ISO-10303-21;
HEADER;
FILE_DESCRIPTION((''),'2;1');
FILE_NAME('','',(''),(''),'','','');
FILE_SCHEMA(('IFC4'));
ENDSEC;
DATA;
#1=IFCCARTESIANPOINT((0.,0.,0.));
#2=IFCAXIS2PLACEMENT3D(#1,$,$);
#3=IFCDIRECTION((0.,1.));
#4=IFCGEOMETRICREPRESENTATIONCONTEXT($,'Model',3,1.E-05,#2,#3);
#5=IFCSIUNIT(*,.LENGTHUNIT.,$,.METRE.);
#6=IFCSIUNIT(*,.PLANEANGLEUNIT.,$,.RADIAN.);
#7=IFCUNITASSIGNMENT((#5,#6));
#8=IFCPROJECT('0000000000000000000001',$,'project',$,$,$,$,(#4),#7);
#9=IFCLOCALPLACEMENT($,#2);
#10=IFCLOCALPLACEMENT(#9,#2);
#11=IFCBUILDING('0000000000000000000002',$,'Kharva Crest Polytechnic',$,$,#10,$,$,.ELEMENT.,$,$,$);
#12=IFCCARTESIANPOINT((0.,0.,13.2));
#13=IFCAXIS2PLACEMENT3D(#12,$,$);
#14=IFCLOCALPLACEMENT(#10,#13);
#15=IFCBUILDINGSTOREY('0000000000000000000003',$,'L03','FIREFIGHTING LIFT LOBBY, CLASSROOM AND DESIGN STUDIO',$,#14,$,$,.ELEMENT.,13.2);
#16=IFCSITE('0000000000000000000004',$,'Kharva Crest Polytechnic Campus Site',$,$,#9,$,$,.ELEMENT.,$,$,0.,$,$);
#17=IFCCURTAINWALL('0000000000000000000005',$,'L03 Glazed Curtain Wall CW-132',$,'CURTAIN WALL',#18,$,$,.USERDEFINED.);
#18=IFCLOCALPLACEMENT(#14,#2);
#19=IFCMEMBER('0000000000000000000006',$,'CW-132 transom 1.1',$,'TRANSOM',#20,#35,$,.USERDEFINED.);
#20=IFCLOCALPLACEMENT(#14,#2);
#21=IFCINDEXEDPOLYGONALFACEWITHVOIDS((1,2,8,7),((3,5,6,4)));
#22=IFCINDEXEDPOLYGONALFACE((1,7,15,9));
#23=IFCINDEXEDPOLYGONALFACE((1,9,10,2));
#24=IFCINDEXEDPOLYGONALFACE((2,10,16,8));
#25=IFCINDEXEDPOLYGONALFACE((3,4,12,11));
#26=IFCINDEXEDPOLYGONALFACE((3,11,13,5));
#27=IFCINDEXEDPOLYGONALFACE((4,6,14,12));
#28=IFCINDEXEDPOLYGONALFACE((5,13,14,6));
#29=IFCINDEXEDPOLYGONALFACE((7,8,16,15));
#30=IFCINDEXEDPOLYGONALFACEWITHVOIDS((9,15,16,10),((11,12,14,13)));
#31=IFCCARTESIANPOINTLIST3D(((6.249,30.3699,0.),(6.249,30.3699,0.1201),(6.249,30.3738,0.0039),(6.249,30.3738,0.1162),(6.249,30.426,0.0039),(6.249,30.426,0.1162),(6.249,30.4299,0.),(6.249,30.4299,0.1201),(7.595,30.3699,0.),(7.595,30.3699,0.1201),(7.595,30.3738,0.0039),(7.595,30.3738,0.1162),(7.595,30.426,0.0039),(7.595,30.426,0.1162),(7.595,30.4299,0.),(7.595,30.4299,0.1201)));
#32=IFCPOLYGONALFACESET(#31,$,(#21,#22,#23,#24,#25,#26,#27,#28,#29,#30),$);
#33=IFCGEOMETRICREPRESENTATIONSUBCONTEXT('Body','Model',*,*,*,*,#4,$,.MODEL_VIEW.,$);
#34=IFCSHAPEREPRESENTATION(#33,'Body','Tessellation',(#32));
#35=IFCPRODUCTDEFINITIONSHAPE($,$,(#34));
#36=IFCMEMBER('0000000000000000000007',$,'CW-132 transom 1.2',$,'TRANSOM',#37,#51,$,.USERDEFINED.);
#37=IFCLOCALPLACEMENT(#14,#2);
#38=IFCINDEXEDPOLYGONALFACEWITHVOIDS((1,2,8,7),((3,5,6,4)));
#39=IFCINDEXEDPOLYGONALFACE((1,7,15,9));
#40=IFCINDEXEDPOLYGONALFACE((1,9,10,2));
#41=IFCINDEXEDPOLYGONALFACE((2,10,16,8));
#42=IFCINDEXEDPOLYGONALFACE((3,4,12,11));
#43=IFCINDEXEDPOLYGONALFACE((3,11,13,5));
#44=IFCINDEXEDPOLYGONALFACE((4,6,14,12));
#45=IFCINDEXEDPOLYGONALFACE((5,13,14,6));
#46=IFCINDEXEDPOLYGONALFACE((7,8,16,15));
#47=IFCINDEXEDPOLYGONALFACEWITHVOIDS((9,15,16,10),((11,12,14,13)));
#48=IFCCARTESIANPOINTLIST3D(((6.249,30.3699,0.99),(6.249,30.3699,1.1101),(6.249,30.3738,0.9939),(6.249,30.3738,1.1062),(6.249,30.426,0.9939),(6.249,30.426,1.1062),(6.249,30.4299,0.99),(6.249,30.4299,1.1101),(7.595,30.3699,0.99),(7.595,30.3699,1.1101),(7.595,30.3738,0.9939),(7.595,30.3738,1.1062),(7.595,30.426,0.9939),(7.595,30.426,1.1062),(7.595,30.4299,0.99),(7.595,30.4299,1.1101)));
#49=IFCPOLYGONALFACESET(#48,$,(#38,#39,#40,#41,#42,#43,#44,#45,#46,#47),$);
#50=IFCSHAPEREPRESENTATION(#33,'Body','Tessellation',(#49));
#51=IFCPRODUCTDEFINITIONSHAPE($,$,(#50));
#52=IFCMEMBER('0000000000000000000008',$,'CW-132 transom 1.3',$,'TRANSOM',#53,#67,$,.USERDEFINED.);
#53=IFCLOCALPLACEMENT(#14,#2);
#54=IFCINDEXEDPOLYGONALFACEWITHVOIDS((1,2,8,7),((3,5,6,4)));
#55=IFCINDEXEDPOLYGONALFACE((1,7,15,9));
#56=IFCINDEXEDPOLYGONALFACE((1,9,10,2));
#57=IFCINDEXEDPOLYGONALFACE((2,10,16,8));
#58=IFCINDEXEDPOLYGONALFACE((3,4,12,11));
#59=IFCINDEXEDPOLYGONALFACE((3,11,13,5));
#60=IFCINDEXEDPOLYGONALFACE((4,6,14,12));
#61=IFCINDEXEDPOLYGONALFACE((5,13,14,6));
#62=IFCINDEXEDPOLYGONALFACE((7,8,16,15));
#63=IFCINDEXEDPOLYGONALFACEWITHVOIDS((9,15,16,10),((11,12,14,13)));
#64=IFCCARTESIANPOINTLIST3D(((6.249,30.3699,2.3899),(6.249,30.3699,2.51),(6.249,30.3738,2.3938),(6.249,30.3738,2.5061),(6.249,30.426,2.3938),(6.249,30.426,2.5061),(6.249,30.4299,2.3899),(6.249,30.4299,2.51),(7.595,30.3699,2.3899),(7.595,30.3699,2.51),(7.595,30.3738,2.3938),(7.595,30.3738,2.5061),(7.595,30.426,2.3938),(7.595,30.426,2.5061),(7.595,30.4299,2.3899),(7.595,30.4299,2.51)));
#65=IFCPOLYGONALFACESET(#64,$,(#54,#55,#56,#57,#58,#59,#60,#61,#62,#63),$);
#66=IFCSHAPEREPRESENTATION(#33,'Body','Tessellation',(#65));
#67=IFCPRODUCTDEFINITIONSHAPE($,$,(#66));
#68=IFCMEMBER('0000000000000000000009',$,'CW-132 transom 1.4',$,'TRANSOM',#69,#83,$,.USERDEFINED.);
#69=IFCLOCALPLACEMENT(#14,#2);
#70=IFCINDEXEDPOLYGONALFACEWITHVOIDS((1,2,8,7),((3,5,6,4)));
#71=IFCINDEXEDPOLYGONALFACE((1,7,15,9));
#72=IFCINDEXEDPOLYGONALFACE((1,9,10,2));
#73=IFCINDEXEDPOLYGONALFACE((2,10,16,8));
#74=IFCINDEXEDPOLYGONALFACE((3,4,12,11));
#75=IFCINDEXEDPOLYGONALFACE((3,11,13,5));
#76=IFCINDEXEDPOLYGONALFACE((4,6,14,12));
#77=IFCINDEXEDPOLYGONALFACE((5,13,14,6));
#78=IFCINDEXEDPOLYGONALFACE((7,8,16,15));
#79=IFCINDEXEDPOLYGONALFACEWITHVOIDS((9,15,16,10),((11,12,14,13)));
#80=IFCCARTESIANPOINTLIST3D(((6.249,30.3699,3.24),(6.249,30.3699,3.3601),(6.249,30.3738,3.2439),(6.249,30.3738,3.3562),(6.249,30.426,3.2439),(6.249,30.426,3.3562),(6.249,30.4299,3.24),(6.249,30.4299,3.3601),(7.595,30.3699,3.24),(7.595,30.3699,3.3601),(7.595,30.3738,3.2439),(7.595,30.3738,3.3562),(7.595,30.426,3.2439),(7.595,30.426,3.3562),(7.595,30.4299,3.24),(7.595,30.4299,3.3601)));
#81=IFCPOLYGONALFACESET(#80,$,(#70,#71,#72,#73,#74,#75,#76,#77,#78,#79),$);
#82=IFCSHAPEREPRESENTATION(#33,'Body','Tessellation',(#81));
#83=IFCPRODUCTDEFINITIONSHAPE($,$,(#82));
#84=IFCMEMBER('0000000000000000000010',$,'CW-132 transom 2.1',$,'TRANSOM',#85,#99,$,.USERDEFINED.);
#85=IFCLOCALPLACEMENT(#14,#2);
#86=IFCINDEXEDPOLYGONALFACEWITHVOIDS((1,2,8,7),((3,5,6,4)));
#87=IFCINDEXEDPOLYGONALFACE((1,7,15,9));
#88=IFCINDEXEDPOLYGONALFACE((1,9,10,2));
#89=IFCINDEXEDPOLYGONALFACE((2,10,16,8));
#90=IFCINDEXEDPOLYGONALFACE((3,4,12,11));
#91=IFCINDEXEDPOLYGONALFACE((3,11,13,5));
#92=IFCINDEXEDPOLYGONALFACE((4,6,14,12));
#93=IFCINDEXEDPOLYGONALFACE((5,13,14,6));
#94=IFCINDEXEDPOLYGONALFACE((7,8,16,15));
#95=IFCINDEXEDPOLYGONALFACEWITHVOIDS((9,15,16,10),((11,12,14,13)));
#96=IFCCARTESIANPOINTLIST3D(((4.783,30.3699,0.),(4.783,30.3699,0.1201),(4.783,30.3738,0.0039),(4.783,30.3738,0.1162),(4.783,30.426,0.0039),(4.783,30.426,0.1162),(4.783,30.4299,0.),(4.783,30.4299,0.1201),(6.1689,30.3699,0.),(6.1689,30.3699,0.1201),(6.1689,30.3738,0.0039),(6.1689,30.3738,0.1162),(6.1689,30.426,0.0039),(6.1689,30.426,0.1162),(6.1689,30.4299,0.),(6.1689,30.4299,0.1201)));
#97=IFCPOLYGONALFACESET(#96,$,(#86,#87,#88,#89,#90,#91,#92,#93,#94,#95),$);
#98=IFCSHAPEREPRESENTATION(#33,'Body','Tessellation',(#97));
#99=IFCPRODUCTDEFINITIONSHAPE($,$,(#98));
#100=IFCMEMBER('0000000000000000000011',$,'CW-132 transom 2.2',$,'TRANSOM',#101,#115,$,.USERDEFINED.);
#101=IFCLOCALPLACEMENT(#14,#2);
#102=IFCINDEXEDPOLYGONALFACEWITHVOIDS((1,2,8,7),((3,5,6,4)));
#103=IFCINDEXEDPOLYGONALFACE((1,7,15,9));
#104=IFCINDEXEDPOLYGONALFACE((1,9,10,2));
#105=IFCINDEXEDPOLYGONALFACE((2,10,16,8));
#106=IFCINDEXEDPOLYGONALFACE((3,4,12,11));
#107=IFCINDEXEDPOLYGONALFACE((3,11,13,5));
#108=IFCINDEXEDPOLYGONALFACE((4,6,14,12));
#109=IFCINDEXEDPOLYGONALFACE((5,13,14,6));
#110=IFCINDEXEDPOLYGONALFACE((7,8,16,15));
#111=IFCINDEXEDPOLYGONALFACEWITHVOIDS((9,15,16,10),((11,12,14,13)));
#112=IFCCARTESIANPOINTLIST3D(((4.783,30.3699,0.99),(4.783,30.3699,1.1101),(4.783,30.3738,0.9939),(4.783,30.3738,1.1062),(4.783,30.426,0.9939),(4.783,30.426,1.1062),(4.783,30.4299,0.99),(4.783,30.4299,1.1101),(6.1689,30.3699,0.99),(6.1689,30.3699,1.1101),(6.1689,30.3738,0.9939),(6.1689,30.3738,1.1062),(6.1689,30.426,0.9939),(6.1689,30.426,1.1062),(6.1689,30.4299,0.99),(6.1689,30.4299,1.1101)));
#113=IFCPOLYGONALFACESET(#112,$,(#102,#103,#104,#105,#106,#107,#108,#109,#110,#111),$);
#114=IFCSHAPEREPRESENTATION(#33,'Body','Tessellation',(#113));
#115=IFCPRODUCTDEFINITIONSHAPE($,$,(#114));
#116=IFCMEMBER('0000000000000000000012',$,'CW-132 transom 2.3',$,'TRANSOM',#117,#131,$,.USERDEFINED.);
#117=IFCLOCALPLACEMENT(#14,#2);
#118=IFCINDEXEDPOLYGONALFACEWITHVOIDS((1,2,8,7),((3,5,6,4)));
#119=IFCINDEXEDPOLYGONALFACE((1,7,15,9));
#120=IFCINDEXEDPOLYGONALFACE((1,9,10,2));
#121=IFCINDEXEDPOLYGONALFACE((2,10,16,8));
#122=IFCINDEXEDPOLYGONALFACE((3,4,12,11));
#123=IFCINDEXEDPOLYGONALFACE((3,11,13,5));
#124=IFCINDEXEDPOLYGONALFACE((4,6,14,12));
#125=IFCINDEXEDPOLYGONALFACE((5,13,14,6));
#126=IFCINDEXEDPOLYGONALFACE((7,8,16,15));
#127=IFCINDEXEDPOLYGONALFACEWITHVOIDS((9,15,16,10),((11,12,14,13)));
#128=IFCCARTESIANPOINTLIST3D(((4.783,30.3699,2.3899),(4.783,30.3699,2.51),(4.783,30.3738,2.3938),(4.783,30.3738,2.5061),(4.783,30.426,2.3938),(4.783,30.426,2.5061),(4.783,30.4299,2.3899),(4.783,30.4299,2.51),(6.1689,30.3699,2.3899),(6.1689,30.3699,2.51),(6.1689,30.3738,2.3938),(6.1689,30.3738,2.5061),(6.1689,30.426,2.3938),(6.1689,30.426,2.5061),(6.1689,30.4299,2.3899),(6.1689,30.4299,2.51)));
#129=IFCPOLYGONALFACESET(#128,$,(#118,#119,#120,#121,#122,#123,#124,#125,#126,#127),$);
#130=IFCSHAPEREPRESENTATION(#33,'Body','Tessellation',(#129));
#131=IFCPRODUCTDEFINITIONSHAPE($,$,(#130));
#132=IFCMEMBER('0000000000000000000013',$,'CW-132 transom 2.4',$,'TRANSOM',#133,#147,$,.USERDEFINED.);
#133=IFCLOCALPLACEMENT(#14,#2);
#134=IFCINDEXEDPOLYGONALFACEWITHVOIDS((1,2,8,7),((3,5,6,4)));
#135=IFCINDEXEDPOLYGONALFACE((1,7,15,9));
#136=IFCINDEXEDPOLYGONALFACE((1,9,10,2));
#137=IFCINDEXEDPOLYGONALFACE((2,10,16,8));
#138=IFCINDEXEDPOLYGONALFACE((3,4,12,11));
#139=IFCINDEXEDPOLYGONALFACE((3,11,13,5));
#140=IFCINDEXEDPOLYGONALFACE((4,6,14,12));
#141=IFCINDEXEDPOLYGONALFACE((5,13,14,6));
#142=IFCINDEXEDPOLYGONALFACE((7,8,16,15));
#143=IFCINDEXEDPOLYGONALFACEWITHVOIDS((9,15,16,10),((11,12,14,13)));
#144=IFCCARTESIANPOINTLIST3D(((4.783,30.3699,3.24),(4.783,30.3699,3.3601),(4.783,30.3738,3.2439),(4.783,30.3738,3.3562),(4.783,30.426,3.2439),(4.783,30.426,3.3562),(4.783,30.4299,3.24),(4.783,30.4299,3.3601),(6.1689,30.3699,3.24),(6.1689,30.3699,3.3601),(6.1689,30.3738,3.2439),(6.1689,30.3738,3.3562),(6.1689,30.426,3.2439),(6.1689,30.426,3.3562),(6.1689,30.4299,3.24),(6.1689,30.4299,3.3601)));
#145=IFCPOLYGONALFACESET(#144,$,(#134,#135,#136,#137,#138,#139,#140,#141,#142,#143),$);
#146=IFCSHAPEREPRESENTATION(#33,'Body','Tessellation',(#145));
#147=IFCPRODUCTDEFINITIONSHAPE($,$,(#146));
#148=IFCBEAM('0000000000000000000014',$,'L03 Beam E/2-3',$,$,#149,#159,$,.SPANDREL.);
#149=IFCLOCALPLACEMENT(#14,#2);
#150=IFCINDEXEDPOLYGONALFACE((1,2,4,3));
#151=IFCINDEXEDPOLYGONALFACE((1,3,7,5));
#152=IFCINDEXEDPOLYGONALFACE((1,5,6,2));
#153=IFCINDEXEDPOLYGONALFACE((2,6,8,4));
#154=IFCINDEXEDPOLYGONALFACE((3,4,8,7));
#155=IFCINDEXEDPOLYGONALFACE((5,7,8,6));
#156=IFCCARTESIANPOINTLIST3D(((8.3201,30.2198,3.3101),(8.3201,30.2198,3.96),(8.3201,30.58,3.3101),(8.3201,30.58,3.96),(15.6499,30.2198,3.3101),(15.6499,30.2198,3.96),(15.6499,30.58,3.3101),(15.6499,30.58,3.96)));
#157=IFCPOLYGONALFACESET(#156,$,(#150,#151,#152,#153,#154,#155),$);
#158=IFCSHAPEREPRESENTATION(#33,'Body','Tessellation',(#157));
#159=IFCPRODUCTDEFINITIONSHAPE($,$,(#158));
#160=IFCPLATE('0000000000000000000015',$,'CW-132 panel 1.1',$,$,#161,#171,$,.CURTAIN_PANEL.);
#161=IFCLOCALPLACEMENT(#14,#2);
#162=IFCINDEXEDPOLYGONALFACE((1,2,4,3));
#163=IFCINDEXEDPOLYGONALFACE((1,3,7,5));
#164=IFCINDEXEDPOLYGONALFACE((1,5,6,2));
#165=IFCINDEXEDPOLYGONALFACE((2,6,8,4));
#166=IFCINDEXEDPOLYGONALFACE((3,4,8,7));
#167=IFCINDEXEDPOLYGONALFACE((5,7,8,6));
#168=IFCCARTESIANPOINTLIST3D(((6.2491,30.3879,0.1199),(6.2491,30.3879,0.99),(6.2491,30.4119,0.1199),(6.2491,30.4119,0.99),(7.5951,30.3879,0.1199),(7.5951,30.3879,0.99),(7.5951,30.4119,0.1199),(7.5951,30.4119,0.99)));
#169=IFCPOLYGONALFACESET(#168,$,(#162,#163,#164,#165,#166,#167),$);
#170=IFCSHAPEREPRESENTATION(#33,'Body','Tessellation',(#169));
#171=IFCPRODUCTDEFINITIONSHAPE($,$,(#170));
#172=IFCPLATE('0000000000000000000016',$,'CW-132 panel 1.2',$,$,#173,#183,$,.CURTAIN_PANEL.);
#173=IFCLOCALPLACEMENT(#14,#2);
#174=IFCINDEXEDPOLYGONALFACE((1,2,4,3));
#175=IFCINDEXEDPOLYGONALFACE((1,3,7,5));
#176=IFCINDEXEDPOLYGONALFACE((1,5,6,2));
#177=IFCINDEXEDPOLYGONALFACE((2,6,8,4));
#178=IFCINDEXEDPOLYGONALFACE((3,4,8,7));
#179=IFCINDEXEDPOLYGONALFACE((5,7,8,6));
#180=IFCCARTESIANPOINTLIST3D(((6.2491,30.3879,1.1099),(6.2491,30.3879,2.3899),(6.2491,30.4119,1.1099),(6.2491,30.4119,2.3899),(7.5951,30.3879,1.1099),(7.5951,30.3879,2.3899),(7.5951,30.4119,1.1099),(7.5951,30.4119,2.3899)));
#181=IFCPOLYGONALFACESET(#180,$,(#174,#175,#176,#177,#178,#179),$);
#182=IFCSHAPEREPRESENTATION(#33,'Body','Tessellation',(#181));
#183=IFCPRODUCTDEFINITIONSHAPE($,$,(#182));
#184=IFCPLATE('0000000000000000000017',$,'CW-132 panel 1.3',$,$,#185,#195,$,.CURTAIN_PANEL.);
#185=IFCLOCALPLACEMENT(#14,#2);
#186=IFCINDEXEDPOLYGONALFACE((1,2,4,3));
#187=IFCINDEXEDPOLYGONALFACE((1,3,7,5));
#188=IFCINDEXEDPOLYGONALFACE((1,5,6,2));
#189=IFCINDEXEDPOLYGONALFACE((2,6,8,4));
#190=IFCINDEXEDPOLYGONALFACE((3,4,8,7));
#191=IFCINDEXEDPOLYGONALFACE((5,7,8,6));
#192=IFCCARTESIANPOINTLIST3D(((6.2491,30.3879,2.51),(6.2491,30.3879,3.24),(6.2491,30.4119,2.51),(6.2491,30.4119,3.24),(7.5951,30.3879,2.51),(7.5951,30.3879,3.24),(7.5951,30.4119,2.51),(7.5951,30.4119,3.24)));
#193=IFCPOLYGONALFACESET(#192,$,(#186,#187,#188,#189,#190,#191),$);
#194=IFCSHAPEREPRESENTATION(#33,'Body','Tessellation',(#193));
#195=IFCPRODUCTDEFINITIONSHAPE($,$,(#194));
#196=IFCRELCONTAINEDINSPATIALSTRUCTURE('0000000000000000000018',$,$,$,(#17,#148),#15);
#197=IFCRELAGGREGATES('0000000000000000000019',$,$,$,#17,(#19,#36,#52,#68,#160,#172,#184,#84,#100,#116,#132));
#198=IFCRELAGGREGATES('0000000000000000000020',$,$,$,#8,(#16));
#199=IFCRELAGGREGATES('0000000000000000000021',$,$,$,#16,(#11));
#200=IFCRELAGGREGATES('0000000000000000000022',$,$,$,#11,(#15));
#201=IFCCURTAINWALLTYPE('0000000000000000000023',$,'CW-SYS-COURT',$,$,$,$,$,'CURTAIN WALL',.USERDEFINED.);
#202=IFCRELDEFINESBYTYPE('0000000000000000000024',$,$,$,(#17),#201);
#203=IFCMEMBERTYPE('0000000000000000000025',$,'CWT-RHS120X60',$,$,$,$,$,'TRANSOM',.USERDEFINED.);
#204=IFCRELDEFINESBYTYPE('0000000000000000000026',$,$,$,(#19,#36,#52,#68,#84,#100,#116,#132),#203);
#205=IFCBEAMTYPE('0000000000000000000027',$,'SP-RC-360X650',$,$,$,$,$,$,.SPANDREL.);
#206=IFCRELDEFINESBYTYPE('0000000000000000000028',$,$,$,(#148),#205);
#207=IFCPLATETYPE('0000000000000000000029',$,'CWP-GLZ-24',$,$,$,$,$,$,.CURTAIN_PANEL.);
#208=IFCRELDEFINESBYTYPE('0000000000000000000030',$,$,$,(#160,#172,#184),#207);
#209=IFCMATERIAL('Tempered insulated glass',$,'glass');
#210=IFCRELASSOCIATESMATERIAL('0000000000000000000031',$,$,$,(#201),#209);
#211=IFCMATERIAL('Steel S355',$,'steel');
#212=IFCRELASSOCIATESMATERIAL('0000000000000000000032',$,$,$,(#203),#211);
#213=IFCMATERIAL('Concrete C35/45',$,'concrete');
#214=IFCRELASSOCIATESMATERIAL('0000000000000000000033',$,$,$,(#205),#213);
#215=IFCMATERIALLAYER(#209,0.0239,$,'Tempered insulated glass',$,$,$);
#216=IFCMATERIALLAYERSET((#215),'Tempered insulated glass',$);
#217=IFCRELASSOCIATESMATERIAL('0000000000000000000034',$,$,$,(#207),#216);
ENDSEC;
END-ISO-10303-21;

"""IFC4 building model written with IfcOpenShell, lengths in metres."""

from ifc_helpers import new_model, si_unit, direction, frame, origin, origin_2d, place, context, subcontext, project, spatial, rectangle, hollow_rectangle, extrude, material, layer, layer_set, material_profile, profile_set, type_object, element, aggregate, save


model = new_model("IFC4")

# Units and contexts
model_context = context("Model", 3, precision=1e-05, world=origin(), true_north=direction((0.0, 1.0)))
body_context = subcontext(model_context, "Body", "Model", "MODEL_VIEW")
ifc_project = project(units=[si_unit("LENGTHUNIT", "METRE"), si_unit("PLANEANGLEUNIT", "RADIAN")], contexts=[model_context])

# Site, building, storey
site_placement = place(None, origin())
site = spatial("IfcSite", under=ifc_project, at=site_placement, Name="Kharva Crest Polytechnic Campus Site", CompositionType="ELEMENT", RefElevation=0.0)
building_placement = place(site_placement, origin())
building = spatial("IfcBuilding", under=site, at=building_placement, Name="Kharva Crest Polytechnic", CompositionType="ELEMENT")
storey_placement = place(building_placement, frame((0.0, 0.0, 13.2)))
storey = spatial("IfcBuildingStorey", under=building, at=storey_placement, Name="L03", Description="FIREFIGHTING LIFT LOBBY, CLASSROOM AND DESIGN STUDIO", CompositionType="ELEMENT", Elevation=13.2)

# Shared definitions
ifc_material_1 = material(Name="Concrete C35/45", Category="concrete")

# Curtain wall, members
ifc_material_2 = material(Name="Tempered insulated glass", Category="glass")
curtain_wall_type = type_object("IfcCurtainWallType", Name="CW-SYS-COURT", ElementType="CURTAIN WALL", PredefinedType="USERDEFINED", material=ifc_material_2)
curtain_wall_placement = place(storey_placement, origin())
curtain_wall = element("IfcCurtainWall", 1, at=curtain_wall_placement, inside=storey, type_object=curtain_wall_type, Name="L03 Glazed Curtain Wall CW-132", ObjectType="CURTAIN WALL", PredefinedType="USERDEFINED")
ifc_material_3 = material(Name="Steel S355", Category="steel")
ifc_material_profile_1 = material_profile(ifc_material_3, hollow_rectangle(XDim=0.0601, YDim=0.1201, WallThickness=0.0039, at=origin_2d()), Name="RHS 120X60X4.0")
ifc_profile_set_1 = profile_set([ifc_material_profile_1], Name="Steel S355")
member_type_1 = type_object("IfcMemberType", Name="CWT-RHS120X60", ElementType="TRANSOM", PredefinedType="USERDEFINED", material=ifc_profile_set_1)
member_1_placement = place(storey_placement, frame((7.595, 30.3999, 0.0601), z_axis=(-1.0, 0.0, 0.0), x_axis=(0.0, -1.0, 0.0)))
member_1 = element("IfcMember", 2, at=member_1_placement, type_object=member_type_1, Name="CW-132 transom 1.1", ObjectType="TRANSOM", PredefinedType="USERDEFINED", context=body_context, shape_type="SweptSolid", body=[
    extrude(hollow_rectangle(XDim=0.0601, YDim=0.1201, WallThickness=0.0039, at=origin_2d()), origin(), (0.0, 0.0, 1.0), 1.3459),
])
member_2_placement = place(storey_placement, frame((7.595, 30.3999, 1.05), z_axis=(-1.0, 0.0, 0.0), x_axis=(0.0, -1.0, 0.0)))
member_2 = element("IfcMember", 3, at=member_2_placement, type_object=member_type_1, Name="CW-132 transom 1.2", ObjectType="TRANSOM", PredefinedType="USERDEFINED", context=body_context, shape_type="SweptSolid", body=[
    extrude(hollow_rectangle(XDim=0.0601, YDim=0.1201, WallThickness=0.0039, at=origin_2d()), origin(), (0.0, 0.0, 1.0), 1.3459),
])
member_3_placement = place(storey_placement, frame((7.595, 30.3999, 2.45), z_axis=(-1.0, 0.0, 0.0), x_axis=(0.0, -1.0, 0.0)))
member_3 = element("IfcMember", 4, at=member_3_placement, type_object=member_type_1, Name="CW-132 transom 1.3", ObjectType="TRANSOM", PredefinedType="USERDEFINED", context=body_context, shape_type="SweptSolid", body=[
    extrude(hollow_rectangle(XDim=0.0601, YDim=0.1201, WallThickness=0.0039, at=origin_2d()), origin(), (0.0, 0.0, 1.0), 1.3459),
])
member_4_placement = place(storey_placement, frame((7.595, 30.3999, 3.3), z_axis=(-1.0, 0.0, 0.0), x_axis=(0.0, -1.0, 0.0)))
member_4 = element("IfcMember", 5, at=member_4_placement, type_object=member_type_1, Name="CW-132 transom 1.4", ObjectType="TRANSOM", PredefinedType="USERDEFINED", context=body_context, shape_type="SweptSolid", body=[
    extrude(hollow_rectangle(XDim=0.0601, YDim=0.1201, WallThickness=0.0039, at=origin_2d()), origin(), (0.0, 0.0, 1.0), 1.3459),
])
member_5_placement = place(storey_placement, frame((6.1689, 30.3999, 0.0601), z_axis=(-1.0, 0.0, 0.0), x_axis=(0.0, -1.0, 0.0)))
member_5 = element("IfcMember", 6, at=member_5_placement, type_object=member_type_1, Name="CW-132 transom 2.1", ObjectType="TRANSOM", PredefinedType="USERDEFINED", context=body_context, shape_type="SweptSolid", body=[
    extrude(hollow_rectangle(XDim=0.0601, YDim=0.1201, WallThickness=0.0039, at=origin_2d()), origin(), (0.0, 0.0, 1.0), 1.386),
])
member_6_placement = place(storey_placement, frame((6.1689, 30.3999, 1.05), z_axis=(-1.0, 0.0, 0.0), x_axis=(0.0, -1.0, 0.0)))
member_6 = element("IfcMember", 7, at=member_6_placement, type_object=member_type_1, Name="CW-132 transom 2.2", ObjectType="TRANSOM", PredefinedType="USERDEFINED", context=body_context, shape_type="SweptSolid", body=[
    extrude(hollow_rectangle(XDim=0.0601, YDim=0.1201, WallThickness=0.0039, at=origin_2d()), origin(), (0.0, 0.0, 1.0), 1.386),
])
member_7_placement = place(storey_placement, frame((6.1689, 30.3999, 2.45), z_axis=(-1.0, 0.0, 0.0), x_axis=(0.0, -1.0, 0.0)))
member_7 = element("IfcMember", 8, at=member_7_placement, type_object=member_type_1, Name="CW-132 transom 2.3", ObjectType="TRANSOM", PredefinedType="USERDEFINED", context=body_context, shape_type="SweptSolid", body=[
    extrude(hollow_rectangle(XDim=0.0601, YDim=0.1201, WallThickness=0.0039, at=origin_2d()), origin(), (0.0, 0.0, 1.0), 1.386),
])
member_8_placement = place(storey_placement, frame((6.1689, 30.3999, 3.3), z_axis=(-1.0, 0.0, 0.0), x_axis=(0.0, -1.0, 0.0)))
member_8 = element("IfcMember", 9, at=member_8_placement, type_object=member_type_1, Name="CW-132 transom 2.4", ObjectType="TRANSOM", PredefinedType="USERDEFINED", context=body_context, shape_type="SweptSolid", body=[
    extrude(hollow_rectangle(XDim=0.0601, YDim=0.1201, WallThickness=0.0039, at=origin_2d()), origin(), (0.0, 0.0, 1.0), 1.386),
])

# Beam
ifc_material_profile_2 = material_profile(ifc_material_1, rectangle(XDim=0.3601, YDim=0.6499, at=origin_2d()), Name="RECT 360 X 650")
ifc_profile_set_2 = profile_set([ifc_material_profile_2], Name="Concrete C35/45")
beam_type_1 = type_object("IfcBeamType", Name="SP-RC-360X650", PredefinedType="SPANDREL", material=ifc_profile_set_2)
beam_1_placement = place(storey_placement, frame((8.3201, 30.3999, 3.635), z_axis=(1.0, 0.0, 0.0), x_axis=(0.0, 1.0, 0.0)))
element("IfcBeam", 10, at=beam_1_placement, inside=storey, type_object=beam_type_1, Name="L03 Beam E/2-3", PredefinedType="SPANDREL", context=body_context, shape_type="SweptSolid", body=[
    extrude(rectangle(XDim=0.3601, YDim=0.6499, at=origin_2d()), origin(), (0.0, 0.0, 1.0), 7.3298),
])

# Plates
ifc_layer_1 = layer(ifc_material_2, 0.0239, Name="Tempered insulated glass")
ifc_layer_set_1 = layer_set([ifc_layer_1], Name="Tempered insulated glass")
plate_type = type_object("IfcPlateType", Name="CWP-GLZ-24", PredefinedType="CURTAIN_PANEL", material=ifc_layer_set_1)
plate_1_placement = place(storey_placement, frame((6.9221, 30.3999, 0.1199), z_axis=(0.0, 0.0, 1.0), x_axis=(-1.0, 0.0, 0.0)))
plate_1 = element("IfcPlate", 11, at=plate_1_placement, type_object=plate_type, Name="CW-132 panel 1.1", PredefinedType="CURTAIN_PANEL", context=body_context, shape_type="SweptSolid", body=[
    extrude(rectangle(XDim=1.3459, YDim=0.0239, at=origin_2d()), origin(), (0.0, 0.0, 1.0), 0.8701),
])
plate_2_placement = place(storey_placement, frame((6.9221, 30.3999, 1.1099), z_axis=(0.0, 0.0, 1.0), x_axis=(-1.0, 0.0, 0.0)))
plate_2 = element("IfcPlate", 12, at=plate_2_placement, type_object=plate_type, Name="CW-132 panel 1.2", PredefinedType="CURTAIN_PANEL", context=body_context, shape_type="SweptSolid", body=[
    extrude(rectangle(XDim=1.3459, YDim=0.0239, at=origin_2d()), origin(), (0.0, 0.0, 1.0), 1.28),
])
plate_3_placement = place(storey_placement, frame((6.9221, 30.3999, 2.51), z_axis=(0.0, 0.0, 1.0), x_axis=(-1.0, 0.0, 0.0)))
plate_3 = element("IfcPlate", 13, at=plate_3_placement, type_object=plate_type, Name="CW-132 panel 1.3", PredefinedType="CURTAIN_PANEL", context=body_context, shape_type="SweptSolid", body=[
    extrude(rectangle(XDim=1.3459, YDim=0.0239, at=origin_2d()), origin(), (0.0, 0.0, 1.0), 0.73),
])
aggregate(curtain_wall, [member_1, member_2, member_3, member_4, plate_1, plate_2, plate_3, member_5, member_6, member_7, member_8])

save(model, "model.ifc")
